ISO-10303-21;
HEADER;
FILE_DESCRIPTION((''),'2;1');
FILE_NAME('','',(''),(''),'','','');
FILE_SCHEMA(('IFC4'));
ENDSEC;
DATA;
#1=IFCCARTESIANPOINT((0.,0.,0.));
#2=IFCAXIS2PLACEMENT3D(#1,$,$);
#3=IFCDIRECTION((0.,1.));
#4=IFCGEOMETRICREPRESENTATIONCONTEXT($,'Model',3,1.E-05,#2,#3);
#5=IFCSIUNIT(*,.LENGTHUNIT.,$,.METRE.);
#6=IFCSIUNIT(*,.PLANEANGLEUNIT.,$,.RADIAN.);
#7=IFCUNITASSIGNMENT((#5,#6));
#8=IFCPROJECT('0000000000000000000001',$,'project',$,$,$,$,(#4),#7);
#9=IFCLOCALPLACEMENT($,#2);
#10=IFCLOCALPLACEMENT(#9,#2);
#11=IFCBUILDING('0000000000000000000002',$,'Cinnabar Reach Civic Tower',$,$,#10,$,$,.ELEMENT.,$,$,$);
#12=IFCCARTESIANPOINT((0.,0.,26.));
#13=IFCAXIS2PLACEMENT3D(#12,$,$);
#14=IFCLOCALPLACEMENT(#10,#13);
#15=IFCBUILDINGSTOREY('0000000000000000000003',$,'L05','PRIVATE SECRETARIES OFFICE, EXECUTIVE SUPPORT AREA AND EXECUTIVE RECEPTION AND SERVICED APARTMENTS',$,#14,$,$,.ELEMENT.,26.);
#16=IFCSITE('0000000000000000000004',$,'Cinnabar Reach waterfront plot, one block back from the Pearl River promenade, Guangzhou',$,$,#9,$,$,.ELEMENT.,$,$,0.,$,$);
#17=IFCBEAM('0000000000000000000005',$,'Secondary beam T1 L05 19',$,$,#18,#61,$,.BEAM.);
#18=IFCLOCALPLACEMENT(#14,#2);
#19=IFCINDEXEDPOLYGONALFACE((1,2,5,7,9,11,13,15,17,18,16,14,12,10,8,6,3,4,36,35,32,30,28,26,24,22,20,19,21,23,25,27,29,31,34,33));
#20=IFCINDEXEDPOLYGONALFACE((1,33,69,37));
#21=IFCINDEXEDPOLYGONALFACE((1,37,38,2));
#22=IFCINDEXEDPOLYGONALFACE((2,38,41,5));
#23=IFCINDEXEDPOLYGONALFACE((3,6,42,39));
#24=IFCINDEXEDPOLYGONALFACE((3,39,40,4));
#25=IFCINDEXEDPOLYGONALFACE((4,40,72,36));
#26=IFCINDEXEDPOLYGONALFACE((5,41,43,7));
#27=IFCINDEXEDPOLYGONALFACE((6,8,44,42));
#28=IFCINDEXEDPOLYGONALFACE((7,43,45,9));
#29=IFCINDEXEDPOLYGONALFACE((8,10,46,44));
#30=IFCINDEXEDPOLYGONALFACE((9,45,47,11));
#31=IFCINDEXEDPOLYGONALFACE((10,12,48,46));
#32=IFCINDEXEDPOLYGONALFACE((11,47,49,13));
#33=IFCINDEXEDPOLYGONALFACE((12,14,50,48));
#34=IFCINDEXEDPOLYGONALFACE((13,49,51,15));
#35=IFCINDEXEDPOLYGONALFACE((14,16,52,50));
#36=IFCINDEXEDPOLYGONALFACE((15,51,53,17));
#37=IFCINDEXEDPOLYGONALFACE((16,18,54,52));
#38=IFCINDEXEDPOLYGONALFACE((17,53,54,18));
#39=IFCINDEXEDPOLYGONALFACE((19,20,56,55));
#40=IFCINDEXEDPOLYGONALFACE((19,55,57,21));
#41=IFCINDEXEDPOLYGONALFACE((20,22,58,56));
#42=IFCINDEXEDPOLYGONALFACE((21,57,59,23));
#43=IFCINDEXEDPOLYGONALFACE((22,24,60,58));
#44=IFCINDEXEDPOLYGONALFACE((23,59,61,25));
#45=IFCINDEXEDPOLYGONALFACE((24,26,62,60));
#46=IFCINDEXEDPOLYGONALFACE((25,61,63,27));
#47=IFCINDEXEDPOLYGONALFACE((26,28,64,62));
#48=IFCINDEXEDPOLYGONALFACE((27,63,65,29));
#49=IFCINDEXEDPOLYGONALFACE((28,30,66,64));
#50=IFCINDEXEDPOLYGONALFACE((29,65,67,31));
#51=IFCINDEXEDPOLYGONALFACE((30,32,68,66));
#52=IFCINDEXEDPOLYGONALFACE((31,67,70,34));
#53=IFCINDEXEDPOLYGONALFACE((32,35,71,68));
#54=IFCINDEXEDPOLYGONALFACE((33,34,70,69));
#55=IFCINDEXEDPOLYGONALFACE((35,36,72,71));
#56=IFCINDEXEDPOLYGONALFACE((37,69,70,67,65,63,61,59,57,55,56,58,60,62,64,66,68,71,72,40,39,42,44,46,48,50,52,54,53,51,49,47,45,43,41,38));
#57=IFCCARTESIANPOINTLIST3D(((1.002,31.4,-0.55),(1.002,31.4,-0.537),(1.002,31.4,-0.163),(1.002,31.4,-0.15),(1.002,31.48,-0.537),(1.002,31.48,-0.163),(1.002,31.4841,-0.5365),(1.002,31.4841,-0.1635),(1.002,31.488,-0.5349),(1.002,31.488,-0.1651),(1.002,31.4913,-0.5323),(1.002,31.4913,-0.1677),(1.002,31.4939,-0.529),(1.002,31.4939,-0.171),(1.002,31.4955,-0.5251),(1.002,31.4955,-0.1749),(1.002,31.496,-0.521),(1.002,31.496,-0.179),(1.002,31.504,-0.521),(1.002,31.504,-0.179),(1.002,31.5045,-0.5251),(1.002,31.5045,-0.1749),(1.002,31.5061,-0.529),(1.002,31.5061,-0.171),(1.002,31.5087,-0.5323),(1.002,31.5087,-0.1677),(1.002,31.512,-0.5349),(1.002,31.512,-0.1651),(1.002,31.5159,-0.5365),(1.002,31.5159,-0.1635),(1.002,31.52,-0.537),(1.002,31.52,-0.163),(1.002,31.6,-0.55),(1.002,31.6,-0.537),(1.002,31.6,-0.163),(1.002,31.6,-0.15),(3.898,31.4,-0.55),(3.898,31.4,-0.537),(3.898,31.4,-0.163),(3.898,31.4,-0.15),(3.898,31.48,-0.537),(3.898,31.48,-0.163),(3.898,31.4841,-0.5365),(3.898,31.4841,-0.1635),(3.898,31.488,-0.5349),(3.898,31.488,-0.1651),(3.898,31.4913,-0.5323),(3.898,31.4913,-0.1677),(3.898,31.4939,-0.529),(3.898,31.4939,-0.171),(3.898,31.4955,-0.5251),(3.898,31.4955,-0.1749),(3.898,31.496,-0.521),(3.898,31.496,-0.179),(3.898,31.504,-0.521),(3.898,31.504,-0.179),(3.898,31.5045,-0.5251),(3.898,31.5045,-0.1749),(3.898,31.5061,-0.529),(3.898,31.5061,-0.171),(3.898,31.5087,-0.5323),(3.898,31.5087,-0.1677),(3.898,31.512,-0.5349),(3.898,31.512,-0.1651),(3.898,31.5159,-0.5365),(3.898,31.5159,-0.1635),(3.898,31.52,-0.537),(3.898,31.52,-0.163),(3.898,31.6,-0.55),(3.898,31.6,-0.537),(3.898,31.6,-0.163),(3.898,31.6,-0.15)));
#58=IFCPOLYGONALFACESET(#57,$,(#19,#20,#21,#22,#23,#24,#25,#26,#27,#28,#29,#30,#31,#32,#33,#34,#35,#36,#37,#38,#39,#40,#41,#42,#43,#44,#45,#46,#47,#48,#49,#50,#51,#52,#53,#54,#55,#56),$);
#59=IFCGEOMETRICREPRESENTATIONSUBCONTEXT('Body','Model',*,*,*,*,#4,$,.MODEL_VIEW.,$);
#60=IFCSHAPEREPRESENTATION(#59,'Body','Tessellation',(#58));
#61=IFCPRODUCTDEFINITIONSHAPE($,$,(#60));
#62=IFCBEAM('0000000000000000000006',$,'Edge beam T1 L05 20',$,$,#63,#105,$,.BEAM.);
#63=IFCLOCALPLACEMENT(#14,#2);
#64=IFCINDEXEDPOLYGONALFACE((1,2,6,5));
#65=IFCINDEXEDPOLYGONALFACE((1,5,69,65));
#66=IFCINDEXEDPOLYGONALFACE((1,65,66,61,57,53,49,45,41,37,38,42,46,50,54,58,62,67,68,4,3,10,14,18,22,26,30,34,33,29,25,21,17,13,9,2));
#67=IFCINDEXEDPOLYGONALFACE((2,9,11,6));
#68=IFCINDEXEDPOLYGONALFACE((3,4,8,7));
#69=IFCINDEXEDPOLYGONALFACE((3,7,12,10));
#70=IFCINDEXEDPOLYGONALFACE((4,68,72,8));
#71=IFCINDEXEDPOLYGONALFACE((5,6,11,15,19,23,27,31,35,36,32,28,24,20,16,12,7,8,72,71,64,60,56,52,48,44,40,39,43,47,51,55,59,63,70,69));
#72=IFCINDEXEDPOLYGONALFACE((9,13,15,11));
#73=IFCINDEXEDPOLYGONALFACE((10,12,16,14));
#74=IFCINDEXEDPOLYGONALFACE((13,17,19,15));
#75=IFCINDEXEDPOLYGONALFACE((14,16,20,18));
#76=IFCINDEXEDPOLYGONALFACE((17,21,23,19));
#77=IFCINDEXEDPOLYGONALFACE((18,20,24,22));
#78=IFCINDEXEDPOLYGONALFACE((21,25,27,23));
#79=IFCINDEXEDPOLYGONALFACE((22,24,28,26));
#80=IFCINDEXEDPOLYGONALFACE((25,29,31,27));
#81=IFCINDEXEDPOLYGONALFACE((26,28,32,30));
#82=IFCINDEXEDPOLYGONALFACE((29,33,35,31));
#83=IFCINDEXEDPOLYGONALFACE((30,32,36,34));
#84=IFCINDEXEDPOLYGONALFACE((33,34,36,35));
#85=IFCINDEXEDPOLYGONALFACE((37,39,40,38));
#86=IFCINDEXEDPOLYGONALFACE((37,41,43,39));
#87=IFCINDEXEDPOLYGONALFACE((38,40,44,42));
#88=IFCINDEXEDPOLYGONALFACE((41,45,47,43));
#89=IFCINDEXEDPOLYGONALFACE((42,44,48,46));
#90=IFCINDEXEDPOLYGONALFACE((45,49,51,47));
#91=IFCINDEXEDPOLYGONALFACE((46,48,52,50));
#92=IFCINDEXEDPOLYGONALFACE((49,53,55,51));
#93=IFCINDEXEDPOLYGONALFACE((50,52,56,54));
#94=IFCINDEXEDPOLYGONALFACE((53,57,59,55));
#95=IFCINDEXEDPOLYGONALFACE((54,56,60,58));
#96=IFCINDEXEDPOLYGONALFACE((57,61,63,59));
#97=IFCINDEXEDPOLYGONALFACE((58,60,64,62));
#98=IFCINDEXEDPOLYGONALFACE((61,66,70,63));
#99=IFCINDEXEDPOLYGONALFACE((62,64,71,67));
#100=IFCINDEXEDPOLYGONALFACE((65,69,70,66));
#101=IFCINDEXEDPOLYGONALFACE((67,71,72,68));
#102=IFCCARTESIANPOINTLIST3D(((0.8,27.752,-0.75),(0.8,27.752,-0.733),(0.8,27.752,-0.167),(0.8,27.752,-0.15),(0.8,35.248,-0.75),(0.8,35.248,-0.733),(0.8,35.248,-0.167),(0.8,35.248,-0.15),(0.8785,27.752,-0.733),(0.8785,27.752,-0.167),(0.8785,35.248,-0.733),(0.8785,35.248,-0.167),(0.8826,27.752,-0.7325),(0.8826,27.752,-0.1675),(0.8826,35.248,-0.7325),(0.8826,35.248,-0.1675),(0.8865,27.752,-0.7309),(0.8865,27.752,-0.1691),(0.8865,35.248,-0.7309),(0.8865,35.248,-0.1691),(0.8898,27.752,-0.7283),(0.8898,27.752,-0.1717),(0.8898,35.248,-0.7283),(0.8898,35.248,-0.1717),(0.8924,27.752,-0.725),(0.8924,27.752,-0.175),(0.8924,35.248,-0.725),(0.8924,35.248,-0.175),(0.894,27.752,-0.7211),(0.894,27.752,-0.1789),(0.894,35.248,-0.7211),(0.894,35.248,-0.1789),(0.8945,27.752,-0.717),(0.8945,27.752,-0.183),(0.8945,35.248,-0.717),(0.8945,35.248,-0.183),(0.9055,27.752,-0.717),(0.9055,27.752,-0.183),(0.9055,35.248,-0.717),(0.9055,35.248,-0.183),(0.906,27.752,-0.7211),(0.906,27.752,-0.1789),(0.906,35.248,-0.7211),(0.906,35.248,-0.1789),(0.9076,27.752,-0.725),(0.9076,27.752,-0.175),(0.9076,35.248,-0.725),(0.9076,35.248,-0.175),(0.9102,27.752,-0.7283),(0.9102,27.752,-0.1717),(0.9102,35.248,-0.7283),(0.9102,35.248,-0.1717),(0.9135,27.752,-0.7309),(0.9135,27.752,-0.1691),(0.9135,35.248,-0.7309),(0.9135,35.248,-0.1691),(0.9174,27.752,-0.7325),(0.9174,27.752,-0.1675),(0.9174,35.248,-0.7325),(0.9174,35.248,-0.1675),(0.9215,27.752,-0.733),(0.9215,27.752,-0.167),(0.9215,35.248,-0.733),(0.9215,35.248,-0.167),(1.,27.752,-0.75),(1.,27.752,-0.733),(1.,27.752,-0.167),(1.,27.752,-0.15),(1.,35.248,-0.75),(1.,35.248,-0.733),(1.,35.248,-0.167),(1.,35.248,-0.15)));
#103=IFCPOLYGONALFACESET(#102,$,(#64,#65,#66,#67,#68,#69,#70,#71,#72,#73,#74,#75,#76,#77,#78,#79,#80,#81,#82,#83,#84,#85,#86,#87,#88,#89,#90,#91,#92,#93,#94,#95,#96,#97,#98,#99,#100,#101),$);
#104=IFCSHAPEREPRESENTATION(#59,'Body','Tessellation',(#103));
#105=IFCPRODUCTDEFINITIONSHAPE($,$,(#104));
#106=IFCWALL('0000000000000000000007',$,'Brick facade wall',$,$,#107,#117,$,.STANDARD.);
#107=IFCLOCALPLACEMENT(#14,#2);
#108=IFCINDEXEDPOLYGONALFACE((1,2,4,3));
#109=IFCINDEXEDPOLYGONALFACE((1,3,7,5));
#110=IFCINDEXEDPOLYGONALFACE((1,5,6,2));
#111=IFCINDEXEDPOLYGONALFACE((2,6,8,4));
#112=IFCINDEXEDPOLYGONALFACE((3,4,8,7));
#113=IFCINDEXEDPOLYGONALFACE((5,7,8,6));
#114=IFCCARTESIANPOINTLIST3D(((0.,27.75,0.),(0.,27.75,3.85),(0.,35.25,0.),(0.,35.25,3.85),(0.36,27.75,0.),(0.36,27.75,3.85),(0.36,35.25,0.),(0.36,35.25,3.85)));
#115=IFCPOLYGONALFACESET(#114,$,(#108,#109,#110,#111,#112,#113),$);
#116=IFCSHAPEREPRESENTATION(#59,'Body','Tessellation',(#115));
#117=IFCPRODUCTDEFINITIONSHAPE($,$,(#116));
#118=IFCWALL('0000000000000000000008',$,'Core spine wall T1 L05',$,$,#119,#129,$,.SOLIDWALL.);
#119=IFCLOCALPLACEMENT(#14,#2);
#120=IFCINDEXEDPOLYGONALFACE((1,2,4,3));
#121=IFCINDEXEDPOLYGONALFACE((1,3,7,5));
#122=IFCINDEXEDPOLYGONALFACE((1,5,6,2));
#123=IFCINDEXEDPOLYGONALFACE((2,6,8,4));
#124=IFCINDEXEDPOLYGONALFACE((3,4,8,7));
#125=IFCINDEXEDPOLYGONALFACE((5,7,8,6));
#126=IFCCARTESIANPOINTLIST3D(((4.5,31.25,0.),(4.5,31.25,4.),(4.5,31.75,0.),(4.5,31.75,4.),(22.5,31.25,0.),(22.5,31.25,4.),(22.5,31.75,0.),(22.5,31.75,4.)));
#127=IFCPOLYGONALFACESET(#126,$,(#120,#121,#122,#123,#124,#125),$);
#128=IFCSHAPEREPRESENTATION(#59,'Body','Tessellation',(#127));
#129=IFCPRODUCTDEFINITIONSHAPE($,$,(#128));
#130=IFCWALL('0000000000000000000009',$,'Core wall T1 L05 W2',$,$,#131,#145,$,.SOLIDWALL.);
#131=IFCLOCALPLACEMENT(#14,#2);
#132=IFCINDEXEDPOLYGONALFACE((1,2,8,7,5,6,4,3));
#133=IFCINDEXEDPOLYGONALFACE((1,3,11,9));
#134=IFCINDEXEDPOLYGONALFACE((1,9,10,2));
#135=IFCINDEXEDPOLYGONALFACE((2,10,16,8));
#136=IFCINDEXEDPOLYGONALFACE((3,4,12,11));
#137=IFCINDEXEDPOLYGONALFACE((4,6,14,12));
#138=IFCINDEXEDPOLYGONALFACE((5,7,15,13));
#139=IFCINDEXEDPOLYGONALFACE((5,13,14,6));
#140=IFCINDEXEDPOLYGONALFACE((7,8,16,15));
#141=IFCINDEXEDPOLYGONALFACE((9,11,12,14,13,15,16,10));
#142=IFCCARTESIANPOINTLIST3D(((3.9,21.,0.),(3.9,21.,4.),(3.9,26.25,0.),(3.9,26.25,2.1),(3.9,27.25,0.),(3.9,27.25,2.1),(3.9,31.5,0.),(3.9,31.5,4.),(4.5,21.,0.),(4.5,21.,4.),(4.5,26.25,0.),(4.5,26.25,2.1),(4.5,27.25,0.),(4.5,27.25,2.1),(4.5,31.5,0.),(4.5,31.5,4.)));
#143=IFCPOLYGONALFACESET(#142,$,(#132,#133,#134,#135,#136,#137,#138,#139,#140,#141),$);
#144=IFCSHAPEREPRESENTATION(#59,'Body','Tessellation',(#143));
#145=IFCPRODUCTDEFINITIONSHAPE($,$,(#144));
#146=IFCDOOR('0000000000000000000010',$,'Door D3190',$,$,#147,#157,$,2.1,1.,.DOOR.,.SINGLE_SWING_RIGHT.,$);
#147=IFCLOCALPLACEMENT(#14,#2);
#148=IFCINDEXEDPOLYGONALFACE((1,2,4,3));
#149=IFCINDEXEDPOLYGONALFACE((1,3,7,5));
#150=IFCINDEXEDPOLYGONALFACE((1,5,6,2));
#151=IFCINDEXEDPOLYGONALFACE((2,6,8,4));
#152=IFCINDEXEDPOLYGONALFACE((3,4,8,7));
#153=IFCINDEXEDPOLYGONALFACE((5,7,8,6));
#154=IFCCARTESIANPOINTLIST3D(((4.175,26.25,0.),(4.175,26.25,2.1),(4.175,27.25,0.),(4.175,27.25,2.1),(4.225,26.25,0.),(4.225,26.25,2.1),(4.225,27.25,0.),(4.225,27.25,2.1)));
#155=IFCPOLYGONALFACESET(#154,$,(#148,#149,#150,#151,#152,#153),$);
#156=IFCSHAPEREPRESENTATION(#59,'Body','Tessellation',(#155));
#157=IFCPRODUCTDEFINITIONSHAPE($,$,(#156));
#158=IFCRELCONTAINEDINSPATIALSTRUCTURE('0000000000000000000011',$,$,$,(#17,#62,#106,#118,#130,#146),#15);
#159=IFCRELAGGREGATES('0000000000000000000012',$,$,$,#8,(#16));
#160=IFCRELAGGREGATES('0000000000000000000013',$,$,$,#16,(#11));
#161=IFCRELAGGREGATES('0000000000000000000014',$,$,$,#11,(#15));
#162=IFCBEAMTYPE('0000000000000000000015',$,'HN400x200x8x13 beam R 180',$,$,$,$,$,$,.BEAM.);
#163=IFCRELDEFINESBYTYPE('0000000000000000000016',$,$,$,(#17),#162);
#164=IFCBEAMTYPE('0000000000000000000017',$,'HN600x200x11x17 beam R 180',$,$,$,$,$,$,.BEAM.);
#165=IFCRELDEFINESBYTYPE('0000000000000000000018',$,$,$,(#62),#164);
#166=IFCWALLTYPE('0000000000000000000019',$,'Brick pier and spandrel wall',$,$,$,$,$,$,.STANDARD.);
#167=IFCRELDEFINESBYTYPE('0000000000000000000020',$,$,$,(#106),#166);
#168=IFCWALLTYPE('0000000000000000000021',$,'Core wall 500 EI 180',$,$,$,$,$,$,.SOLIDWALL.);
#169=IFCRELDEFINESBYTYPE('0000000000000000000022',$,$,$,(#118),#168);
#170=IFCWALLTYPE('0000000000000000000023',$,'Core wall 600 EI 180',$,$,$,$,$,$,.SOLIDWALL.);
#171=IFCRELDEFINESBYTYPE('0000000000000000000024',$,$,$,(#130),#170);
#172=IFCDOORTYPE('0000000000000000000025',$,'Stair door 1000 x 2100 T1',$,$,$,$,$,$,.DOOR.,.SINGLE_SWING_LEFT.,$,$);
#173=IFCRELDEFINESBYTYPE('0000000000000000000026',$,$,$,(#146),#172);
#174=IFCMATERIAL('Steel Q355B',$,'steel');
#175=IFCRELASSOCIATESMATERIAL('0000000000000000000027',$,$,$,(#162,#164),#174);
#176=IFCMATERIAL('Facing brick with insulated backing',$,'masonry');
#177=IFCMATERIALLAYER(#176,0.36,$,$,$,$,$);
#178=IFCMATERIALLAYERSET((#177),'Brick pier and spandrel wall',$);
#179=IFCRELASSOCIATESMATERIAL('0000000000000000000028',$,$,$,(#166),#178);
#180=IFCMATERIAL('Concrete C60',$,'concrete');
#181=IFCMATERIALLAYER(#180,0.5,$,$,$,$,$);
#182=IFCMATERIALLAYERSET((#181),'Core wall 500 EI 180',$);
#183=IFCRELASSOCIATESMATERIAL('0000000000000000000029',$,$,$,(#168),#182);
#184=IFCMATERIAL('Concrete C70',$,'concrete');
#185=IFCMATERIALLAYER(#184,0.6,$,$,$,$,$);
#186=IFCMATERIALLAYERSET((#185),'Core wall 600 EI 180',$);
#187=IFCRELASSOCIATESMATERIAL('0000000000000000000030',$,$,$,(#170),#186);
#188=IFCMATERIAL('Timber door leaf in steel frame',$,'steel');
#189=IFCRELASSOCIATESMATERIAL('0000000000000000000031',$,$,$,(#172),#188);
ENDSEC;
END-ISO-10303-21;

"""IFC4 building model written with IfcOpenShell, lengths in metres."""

from ifc_helpers import new_model, si_unit, direction, frame, frame_2d, origin, origin_2d, place, context, subcontext, project, spatial, rectangle, i_section, extrude, material, layer, layer_set, material_profile, profile_set, type_object, element, fill, save


model = new_model("IFC4")

# Units and contexts
model_context = context("Model", 3, precision=1e-05, world=origin(), true_north=direction((0.0, 1.0)))
body_context = subcontext(model_context, "Body", "Model", "MODEL_VIEW")
ifc_project = project(units=[si_unit("LENGTHUNIT", "METRE"), si_unit("PLANEANGLEUNIT", "RADIAN")], contexts=[model_context])

# Site, building, storey
site_placement = place(None, origin())
site = spatial("IfcSite", under=ifc_project, at=site_placement, Name="Cinnabar Reach waterfront plot, one block back from the Pearl River promenade, Guangzhou", CompositionType="ELEMENT", RefElevation=0.0)
building_placement = place(site_placement, origin())
building = spatial("IfcBuilding", under=site, at=building_placement, Name="Cinnabar Reach Civic Tower", CompositionType="ELEMENT")
storey_placement = place(building_placement, frame((0.0, 0.0, 26.0)))
storey = spatial("IfcBuildingStorey", under=building, at=storey_placement, Name="L05", Description="PRIVATE SECRETARIES OFFICE, EXECUTIVE SUPPORT AREA AND EXECUTIVE RECEPTION AND SERVICED APARTMENTS", CompositionType="ELEMENT", Elevation=26.0)

# Beams
ifc_material_1 = material(Name="Steel Q355B", Category="steel")
ifc_material_profile_1 = material_profile(ifc_material_1, i_section(OverallWidth=0.2, OverallDepth=0.4, WebThickness=0.008, FlangeThickness=0.013, FilletRadius=0.016, at=origin_2d()), Name="HN400x200x8x13")
ifc_profile_set_1 = profile_set([ifc_material_profile_1], Name="Steel Q355B")
beam_type_1 = type_object("IfcBeamType", Name="HN400x200x8x13 beam R 180", PredefinedType="BEAM", material=ifc_profile_set_1)
beam_1_placement = place(storey_placement, frame((1.002, 31.5, -0.35), z_axis=(1.0, 0.0, 0.0), x_axis=(0.0, 1.0, 0.0)))
element("IfcBeam", 1, at=beam_1_placement, inside=storey, type_object=beam_type_1, Name="Secondary beam T1 L05 19", PredefinedType="BEAM", context=body_context, shape_type="SweptSolid", body=[
    extrude(i_section(OverallWidth=0.2, OverallDepth=0.4, WebThickness=0.008, FlangeThickness=0.013, FilletRadius=0.016, at=origin_2d()), origin(), (0.0, 0.0, 1.0), 2.896),
])
ifc_material_profile_2 = material_profile(ifc_material_1, i_section(OverallWidth=0.2, OverallDepth=0.6, WebThickness=0.011, FlangeThickness=0.017, FilletRadius=0.016, at=origin_2d()), Name="HN600x200x11x17")
ifc_profile_set_2 = profile_set([ifc_material_profile_2], Name="Steel Q355B")
beam_type_2 = type_object("IfcBeamType", Name="HN600x200x11x17 beam R 180", PredefinedType="BEAM", material=ifc_profile_set_2)
beam_2_placement = place(storey_placement, frame((0.9, 35.248, -0.45), z_axis=(0.0, -1.0, 0.0), x_axis=(1.0, 0.0, 0.0)))
element("IfcBeam", 2, at=beam_2_placement, inside=storey, type_object=beam_type_2, Name="Edge beam T1 L05 20", PredefinedType="BEAM", context=body_context, shape_type="SweptSolid", body=[
    extrude(i_section(OverallWidth=0.2, OverallDepth=0.6, WebThickness=0.011, FlangeThickness=0.017, FilletRadius=0.016, at=origin_2d()), origin(), (0.0, 0.0, 1.0), 7.496),
])

# Walls
ifc_material_2 = material(Name="Facing brick with insulated backing", Category="masonry")
ifc_layer_1 = layer(ifc_material_2, 0.36)
ifc_layer_set_1 = layer_set([ifc_layer_1], Name="Brick pier and spandrel wall")
wall_type_1 = type_object("IfcWallType", Name="Brick pier and spandrel wall", PredefinedType="STANDARD", material=ifc_layer_set_1)
wall_1_placement = place(storey_placement, frame((0.18, 35.25, 0.0), z_axis=(0.0, 0.0, 1.0), x_axis=(0.0, -1.0, 0.0)))
element("IfcWall", 3, at=wall_1_placement, inside=storey, type_object=wall_type_1, Name="Brick facade wall", PredefinedType="STANDARD", context=body_context, shape_type="SweptSolid", body=[
    extrude(rectangle(XDim=7.5, YDim=0.36, at=frame_2d((3.75, 0.0))), origin(), (0.0, 0.0, 1.0), 3.85),
])
ifc_material_3 = material(Name="Concrete C60", Category="concrete")
ifc_layer_2 = layer(ifc_material_3, 0.5)
ifc_layer_set_2 = layer_set([ifc_layer_2], Name="Core wall 500 EI 180")
wall_type_2 = type_object("IfcWallType", Name="Core wall 500 EI 180", PredefinedType="SOLIDWALL", material=ifc_layer_set_2)
wall_2_placement = place(storey_placement, frame((4.5, 31.5, 0.0), z_axis=(0.0, 0.0, 1.0), x_axis=(1.0, 0.0, 0.0)))
element("IfcWall", 4, at=wall_2_placement, inside=storey, type_object=wall_type_2, Name="Core spine wall T1 L05", PredefinedType="SOLIDWALL", context=body_context, shape_type="SweptSolid", body=[
    extrude(rectangle(XDim=18.0, YDim=0.5, at=frame_2d((9.0, 0.0))), origin(), (0.0, 0.0, 1.0), 4.0),
])

# Wall, opening, door
ifc_material_4 = material(Name="Concrete C70", Category="concrete")
ifc_layer_3 = layer(ifc_material_4, 0.6)
ifc_layer_set_3 = layer_set([ifc_layer_3], Name="Core wall 600 EI 180")
wall_type_3 = type_object("IfcWallType", Name="Core wall 600 EI 180", PredefinedType="SOLIDWALL", material=ifc_layer_set_3)
wall_3_placement = place(storey_placement, frame((4.2, 31.5, 0.0), z_axis=(0.0, 0.0, 1.0), x_axis=(0.0, -1.0, 0.0)))
wall_3 = element("IfcWall", 5, at=wall_3_placement, inside=storey, type_object=wall_type_3, Name="Core wall T1 L05 W2", PredefinedType="SOLIDWALL", context=body_context, shape_type="SweptSolid", body=[
    extrude(rectangle(XDim=10.5, YDim=0.6, at=frame_2d((5.25, 0.0))), origin(), (0.0, 0.0, 1.0), 4.0),
])
opening_1_placement = place(wall_3_placement, frame((4.25, 0.0, 0.0)))
opening_1 = element("IfcOpeningElement", 6, at=opening_1_placement, cuts=wall_3, PredefinedType="OPENING", context=body_context, shape_type="SweptSolid", body=[
    extrude(rectangle(XDim=1.0, YDim=2.1, at=frame_2d((0.5, 1.05))), frame((0.0, 0.31, 0.0), z_axis=(0.0, -1.0, 0.0), x_axis=(1.0, 0.0, 0.0)), (0.0, 0.0, 1.0), 0.62),
])
ifc_material_5 = material(Name="Timber door leaf in steel frame", Category="steel")
door_type_1 = type_object("IfcDoorType", Name="Stair door 1000 x 2100 T1", OperationType="SINGLE_SWING_LEFT", PredefinedType="DOOR", material=ifc_material_5)
door_1_placement = place(opening_1_placement, frame((1.0, 0.0, 0.0), z_axis=(0.0, 0.0, 1.0), x_axis=(-1.0, 0.0, 0.0)))
door_1 = element("IfcDoor", 7, at=door_1_placement, inside=storey, type_object=door_type_1, Name="Door D3190", OperationType="SINGLE_SWING_RIGHT", OverallHeight=2.1, OverallWidth=1.0, PredefinedType="DOOR", context=body_context, shape_type="SweptSolid", body=[
    extrude(rectangle(XDim=1.0, YDim=2.1, at=frame_2d((0.5, 1.05))), frame((0.0, 0.025, 0.0), z_axis=(0.0, -1.0, 0.0), x_axis=(1.0, 0.0, 0.0)), (0.0, 0.0, 1.0), 0.05),
])
fill(opening_1, door_1)

save(model, "model.ifc")
